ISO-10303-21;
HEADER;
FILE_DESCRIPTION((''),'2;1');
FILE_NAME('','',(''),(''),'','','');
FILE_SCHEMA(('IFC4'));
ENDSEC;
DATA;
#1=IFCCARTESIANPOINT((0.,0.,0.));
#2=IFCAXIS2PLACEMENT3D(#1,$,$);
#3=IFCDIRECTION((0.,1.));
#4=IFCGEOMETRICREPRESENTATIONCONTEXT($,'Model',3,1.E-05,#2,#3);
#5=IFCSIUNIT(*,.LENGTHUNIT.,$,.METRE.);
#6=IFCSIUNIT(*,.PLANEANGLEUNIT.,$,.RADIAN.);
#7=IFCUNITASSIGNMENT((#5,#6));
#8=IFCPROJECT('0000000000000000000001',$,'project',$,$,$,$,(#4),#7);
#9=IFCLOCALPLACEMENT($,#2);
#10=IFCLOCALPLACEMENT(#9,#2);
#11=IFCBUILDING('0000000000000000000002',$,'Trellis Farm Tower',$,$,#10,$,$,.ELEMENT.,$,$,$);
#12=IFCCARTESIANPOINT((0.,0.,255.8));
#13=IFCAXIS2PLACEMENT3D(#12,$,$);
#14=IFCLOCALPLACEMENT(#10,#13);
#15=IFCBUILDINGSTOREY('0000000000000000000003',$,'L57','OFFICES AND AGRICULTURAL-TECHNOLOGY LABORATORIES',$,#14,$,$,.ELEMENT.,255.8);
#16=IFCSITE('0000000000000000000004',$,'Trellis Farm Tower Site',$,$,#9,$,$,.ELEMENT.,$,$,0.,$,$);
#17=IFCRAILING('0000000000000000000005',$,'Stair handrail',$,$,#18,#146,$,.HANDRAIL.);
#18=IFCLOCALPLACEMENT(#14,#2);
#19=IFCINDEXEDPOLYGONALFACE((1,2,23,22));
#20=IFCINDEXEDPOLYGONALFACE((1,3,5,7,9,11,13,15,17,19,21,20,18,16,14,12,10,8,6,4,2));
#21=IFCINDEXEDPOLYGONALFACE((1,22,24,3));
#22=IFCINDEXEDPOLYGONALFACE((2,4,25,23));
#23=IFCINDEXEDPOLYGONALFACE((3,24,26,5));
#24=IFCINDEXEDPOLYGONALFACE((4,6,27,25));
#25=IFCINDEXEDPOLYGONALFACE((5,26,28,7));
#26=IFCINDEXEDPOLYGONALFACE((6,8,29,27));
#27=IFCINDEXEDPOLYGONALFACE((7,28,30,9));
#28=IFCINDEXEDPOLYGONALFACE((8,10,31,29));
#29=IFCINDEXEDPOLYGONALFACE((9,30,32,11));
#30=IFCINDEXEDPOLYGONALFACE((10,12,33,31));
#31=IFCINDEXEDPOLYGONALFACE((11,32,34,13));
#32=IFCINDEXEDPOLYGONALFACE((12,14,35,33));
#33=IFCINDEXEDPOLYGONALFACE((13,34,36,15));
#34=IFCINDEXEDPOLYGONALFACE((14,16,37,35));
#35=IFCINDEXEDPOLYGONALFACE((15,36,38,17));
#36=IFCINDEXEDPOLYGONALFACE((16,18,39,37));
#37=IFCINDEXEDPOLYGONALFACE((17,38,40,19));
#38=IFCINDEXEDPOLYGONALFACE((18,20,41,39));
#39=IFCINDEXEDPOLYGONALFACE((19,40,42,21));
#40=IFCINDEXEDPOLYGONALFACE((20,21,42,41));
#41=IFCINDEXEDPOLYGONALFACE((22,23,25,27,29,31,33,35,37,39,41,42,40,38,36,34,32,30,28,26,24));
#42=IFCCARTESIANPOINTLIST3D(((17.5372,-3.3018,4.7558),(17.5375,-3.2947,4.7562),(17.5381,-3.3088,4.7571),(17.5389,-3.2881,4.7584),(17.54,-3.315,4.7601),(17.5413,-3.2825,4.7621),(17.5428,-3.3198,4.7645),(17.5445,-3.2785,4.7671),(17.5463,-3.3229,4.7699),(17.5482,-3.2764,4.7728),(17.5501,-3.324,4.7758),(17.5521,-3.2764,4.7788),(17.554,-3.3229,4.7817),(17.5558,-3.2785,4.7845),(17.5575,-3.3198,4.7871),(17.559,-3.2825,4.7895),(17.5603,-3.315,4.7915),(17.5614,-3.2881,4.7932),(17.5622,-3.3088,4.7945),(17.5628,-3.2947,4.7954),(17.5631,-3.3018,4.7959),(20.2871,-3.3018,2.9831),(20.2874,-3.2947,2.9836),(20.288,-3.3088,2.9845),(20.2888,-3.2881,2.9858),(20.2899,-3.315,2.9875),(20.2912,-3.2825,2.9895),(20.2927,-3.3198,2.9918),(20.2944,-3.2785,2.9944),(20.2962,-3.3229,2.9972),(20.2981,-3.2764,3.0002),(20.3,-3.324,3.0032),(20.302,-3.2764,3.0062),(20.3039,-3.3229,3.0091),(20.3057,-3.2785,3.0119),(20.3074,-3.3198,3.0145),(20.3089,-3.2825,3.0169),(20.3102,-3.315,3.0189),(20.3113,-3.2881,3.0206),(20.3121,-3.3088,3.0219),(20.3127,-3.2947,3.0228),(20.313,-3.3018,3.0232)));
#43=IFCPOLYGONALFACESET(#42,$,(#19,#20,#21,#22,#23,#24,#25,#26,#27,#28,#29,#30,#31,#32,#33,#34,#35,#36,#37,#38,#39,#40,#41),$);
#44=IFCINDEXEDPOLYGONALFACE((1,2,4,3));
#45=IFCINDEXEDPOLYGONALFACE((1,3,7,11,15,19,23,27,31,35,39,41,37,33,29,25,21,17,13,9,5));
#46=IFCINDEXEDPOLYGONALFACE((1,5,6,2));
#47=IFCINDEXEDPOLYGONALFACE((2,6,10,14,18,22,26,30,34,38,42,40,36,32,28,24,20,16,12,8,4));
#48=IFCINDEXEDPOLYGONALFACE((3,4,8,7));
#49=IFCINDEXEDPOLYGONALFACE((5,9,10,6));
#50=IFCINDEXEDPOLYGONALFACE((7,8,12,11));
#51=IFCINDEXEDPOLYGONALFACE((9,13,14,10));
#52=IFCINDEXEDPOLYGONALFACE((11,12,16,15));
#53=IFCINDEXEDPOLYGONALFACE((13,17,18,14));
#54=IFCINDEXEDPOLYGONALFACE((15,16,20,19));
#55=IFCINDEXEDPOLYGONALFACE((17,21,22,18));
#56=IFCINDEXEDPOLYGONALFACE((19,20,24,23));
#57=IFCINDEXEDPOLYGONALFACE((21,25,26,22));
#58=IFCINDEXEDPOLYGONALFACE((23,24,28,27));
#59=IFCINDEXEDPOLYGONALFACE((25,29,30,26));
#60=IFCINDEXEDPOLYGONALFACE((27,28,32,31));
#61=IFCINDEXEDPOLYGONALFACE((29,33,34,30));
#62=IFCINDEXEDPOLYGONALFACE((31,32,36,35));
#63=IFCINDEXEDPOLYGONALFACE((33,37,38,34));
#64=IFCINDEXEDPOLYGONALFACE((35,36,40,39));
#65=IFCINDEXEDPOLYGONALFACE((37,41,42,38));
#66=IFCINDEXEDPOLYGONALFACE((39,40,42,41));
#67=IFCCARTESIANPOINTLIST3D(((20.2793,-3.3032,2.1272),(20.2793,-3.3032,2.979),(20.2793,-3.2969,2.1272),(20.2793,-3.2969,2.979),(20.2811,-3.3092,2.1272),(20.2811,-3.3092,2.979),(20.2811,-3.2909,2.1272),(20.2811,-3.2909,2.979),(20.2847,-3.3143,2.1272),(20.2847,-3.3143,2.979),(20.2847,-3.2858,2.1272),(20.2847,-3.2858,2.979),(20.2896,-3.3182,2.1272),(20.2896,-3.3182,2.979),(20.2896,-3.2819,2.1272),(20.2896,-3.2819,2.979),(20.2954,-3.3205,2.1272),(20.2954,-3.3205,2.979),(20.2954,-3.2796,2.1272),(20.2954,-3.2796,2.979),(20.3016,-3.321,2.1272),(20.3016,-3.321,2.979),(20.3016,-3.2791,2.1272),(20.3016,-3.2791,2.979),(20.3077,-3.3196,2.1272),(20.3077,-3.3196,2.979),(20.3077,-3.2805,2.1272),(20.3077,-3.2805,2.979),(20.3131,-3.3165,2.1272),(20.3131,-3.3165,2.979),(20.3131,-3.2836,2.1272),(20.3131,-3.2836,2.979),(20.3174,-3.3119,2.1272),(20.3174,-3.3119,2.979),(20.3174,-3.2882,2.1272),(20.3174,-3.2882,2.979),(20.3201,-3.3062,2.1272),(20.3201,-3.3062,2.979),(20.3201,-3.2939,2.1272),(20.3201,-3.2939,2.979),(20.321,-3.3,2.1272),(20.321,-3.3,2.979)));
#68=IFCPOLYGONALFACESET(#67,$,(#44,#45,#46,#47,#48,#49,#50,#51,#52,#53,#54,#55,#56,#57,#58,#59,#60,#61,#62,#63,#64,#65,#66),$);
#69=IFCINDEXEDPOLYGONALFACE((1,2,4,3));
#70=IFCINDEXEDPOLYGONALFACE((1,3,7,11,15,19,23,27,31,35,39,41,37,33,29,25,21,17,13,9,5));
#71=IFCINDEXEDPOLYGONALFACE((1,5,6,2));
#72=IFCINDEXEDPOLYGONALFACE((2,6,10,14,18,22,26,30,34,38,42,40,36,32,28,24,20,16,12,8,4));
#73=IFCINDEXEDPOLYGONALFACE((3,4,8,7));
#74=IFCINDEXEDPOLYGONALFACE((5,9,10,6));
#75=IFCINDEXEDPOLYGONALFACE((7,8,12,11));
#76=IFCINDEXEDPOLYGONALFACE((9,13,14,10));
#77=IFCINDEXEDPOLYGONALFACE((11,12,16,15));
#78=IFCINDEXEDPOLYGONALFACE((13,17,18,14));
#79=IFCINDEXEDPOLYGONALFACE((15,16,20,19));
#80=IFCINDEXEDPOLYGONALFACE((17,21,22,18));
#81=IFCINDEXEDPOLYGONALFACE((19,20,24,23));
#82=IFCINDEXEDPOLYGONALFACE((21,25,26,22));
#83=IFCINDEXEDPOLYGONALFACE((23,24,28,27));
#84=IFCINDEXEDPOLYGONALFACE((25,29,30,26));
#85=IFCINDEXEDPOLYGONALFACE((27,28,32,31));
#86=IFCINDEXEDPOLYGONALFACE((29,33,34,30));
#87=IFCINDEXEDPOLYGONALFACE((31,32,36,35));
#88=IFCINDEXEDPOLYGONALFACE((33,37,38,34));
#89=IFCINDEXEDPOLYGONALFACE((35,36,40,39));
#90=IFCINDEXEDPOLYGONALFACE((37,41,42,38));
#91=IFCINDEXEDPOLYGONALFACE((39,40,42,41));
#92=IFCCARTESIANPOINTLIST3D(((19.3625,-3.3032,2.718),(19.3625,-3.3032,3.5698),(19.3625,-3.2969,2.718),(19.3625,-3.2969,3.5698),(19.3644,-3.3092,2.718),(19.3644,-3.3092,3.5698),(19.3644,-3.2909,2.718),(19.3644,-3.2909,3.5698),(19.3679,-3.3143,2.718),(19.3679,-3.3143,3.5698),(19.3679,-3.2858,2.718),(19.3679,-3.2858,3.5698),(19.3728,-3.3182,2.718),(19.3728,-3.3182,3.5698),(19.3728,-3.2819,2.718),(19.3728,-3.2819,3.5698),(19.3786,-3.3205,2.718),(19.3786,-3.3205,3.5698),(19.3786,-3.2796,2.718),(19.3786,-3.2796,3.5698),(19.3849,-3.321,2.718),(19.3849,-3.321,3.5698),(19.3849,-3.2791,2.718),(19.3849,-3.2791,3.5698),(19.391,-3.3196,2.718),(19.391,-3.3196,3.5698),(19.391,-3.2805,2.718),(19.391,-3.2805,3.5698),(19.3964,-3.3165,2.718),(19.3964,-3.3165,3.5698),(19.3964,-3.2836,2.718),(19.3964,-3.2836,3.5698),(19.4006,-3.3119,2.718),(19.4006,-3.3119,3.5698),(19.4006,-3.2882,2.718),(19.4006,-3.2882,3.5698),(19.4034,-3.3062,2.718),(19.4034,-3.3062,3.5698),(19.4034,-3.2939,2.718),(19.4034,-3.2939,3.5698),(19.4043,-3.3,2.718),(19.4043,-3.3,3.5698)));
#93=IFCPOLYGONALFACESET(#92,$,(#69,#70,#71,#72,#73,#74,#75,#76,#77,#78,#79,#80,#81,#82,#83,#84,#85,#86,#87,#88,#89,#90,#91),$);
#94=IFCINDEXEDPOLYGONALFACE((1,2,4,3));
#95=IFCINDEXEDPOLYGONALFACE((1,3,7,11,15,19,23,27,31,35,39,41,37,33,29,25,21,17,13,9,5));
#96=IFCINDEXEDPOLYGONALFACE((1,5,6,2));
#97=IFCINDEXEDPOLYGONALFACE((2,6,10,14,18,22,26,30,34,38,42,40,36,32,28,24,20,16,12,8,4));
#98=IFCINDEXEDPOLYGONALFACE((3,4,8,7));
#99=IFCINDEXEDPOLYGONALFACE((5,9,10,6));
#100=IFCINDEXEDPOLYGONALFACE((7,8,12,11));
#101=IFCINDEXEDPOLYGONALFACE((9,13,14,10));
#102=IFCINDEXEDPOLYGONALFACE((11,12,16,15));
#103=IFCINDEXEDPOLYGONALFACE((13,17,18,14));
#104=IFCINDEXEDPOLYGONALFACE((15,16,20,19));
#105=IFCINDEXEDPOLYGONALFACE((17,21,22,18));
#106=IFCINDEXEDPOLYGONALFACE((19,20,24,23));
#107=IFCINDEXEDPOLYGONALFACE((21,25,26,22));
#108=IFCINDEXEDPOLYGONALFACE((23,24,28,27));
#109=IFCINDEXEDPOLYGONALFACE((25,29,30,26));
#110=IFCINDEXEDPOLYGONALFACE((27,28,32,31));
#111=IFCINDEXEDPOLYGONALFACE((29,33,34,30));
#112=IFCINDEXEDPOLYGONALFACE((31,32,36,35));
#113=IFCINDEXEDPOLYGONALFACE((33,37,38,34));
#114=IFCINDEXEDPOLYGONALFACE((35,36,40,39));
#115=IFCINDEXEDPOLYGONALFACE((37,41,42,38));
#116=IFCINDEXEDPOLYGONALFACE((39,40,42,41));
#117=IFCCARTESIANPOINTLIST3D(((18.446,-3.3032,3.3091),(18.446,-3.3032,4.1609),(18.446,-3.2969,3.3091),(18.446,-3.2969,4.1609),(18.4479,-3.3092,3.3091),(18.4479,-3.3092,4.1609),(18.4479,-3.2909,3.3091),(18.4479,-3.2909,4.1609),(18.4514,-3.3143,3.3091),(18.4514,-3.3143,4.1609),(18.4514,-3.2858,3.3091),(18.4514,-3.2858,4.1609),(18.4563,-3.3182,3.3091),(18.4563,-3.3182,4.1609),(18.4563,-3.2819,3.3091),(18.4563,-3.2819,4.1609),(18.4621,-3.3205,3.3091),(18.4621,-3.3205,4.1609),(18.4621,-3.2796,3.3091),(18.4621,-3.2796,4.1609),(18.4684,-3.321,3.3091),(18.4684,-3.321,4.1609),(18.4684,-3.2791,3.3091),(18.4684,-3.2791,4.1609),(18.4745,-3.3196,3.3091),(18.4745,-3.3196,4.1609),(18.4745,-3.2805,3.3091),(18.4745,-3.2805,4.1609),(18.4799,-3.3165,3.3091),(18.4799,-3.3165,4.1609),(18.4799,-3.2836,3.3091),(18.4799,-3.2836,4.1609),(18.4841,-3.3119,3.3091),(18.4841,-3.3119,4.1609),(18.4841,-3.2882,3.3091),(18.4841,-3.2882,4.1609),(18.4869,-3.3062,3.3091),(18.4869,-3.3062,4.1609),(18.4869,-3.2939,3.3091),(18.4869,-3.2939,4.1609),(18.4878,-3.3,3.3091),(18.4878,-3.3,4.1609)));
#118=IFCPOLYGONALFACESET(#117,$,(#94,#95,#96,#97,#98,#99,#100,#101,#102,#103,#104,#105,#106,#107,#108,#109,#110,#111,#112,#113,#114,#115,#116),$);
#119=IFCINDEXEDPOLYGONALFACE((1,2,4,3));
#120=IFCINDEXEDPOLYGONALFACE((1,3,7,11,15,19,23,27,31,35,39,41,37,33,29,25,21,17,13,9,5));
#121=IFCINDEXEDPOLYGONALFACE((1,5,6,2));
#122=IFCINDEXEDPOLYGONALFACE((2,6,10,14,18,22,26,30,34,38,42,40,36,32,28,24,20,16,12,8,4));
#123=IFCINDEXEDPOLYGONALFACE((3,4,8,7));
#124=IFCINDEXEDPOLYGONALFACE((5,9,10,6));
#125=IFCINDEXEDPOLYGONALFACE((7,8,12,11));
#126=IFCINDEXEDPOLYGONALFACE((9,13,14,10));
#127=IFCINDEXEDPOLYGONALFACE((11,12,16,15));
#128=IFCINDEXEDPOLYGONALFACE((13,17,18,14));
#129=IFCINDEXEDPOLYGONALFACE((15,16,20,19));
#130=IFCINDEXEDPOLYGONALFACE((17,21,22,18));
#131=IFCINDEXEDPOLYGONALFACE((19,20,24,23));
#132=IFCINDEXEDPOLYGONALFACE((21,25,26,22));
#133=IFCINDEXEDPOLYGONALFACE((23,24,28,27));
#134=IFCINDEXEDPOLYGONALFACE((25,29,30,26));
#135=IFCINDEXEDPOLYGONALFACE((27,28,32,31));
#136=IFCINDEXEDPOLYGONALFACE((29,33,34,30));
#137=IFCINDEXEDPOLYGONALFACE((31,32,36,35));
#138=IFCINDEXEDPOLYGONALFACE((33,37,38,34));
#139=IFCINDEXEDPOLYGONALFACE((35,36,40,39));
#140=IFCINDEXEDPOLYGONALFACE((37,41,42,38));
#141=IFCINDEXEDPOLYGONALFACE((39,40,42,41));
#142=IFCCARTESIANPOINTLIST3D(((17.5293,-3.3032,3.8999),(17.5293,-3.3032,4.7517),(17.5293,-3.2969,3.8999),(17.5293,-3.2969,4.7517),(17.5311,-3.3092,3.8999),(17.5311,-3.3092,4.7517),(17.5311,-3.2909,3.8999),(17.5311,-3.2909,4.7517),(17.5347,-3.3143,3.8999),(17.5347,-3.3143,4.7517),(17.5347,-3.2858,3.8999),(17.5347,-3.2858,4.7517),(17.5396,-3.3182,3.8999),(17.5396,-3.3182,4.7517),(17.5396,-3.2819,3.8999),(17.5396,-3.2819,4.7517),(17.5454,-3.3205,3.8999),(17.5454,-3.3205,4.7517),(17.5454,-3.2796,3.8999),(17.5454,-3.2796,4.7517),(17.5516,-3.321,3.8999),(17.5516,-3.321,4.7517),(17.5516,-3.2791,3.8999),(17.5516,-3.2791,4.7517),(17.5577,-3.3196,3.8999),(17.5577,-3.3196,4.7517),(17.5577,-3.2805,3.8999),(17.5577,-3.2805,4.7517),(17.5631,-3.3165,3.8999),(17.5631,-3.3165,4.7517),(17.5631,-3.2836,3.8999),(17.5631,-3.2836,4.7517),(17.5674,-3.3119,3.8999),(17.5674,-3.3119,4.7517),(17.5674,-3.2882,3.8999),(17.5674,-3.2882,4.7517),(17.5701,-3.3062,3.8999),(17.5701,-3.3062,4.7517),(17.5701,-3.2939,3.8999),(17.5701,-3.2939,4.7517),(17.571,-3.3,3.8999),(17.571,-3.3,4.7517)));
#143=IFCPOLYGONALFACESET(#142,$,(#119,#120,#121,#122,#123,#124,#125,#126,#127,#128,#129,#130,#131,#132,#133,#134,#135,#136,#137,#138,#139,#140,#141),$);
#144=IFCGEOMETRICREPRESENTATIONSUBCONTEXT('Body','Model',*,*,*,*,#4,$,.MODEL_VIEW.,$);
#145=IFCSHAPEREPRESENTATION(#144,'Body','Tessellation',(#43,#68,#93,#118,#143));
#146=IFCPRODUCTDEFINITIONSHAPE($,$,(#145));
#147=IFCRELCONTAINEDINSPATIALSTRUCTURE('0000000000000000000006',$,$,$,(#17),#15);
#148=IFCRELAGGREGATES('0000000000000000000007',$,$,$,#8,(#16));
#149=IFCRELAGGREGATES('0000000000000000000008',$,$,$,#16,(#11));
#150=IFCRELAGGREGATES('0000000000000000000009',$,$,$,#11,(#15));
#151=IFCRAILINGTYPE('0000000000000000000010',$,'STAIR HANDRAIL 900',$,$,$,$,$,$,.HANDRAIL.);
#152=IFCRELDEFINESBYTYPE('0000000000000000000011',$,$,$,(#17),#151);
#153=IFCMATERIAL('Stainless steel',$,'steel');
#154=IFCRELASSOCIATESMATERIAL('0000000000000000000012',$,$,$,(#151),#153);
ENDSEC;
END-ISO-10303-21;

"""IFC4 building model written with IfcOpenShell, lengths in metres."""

from ifc_helpers import new_model, si_unit, direction, frame, origin, origin_2d, place, context, subcontext, project, spatial, circle, extrude, source, transform, mapped, material, type_object, element, save


model = new_model("IFC4")

# Units and contexts
model_context = context("Model", 3, precision=1e-05, world=origin(), true_north=direction((0.0, 1.0)))
body_context = subcontext(model_context, "Body", "Model", "MODEL_VIEW")
ifc_project = project(units=[si_unit("LENGTHUNIT", "METRE"), si_unit("PLANEANGLEUNIT", "RADIAN")], contexts=[model_context])

# Site, building, storey
site_placement = place(None, origin())
site = spatial("IfcSite", under=ifc_project, at=site_placement, Name="Trellis Farm Tower Site", CompositionType="ELEMENT", RefElevation=0.0)
building_placement = place(site_placement, origin())
building = spatial("IfcBuilding", under=site, at=building_placement, Name="Trellis Farm Tower", CompositionType="ELEMENT")
storey_placement = place(building_placement, frame((0.0, 0.0, 255.8)))
storey = spatial("IfcBuildingStorey", under=building, at=storey_placement, Name="L57", Description="OFFICES AND AGRICULTURAL-TECHNOLOGY LABORATORIES", CompositionType="ELEMENT", Elevation=255.8)

# Railing
ifc_material_1 = material(Name="Stainless steel", Category="steel")
railing_type = type_object("IfcRailingType", Name="STAIR HANDRAIL 900", PredefinedType="HANDRAIL", material=ifc_material_1)
shared_shape_1 = source(origin(), body_context, "Body", "SweptSolid", [
    extrude(circle(Radius=0.0239, at=origin_2d()), frame((0.0, 0.0, 0.876), z_axis=(-0.840504, 0.0, 0.541806), x_axis=(0.0, -1.0, 0.0)), (0.0, 0.0, 1.0), 3.2717),
    extrude(circle(Radius=0.021, at=origin_2d()), origin(), (0.0, 0.0, 1.0), 0.8518),
    extrude(circle(Radius=0.021, at=origin_2d()), frame((-0.9167, 0.0, 0.5908)), (0.0, 0.0, 1.0), 0.8518),
    extrude(circle(Radius=0.021, at=origin_2d()), frame((-1.8333, 0.0, 1.1819)), (0.0, 0.0, 1.0), 0.8518),
    extrude(circle(Radius=0.021, at=origin_2d()), frame((-2.75, 0.0, 1.7727)), (0.0, 0.0, 1.0), 0.8518),
])
for number, where, name in (
    (1, (20.3, -3.3, 2.1272), "Stair handrail"),
):
    element("IfcRailing", number, at=place(storey_placement, frame(where)), inside=storey, type_object=railing_type, Name=name, PredefinedType="HANDRAIL", context=body_context, shape_type="MappedRepresentation", body=[
        mapped(shared_shape_1, transform((0.0, 0.0, 0.0))),
    ])

save(model, "model.ifc")
